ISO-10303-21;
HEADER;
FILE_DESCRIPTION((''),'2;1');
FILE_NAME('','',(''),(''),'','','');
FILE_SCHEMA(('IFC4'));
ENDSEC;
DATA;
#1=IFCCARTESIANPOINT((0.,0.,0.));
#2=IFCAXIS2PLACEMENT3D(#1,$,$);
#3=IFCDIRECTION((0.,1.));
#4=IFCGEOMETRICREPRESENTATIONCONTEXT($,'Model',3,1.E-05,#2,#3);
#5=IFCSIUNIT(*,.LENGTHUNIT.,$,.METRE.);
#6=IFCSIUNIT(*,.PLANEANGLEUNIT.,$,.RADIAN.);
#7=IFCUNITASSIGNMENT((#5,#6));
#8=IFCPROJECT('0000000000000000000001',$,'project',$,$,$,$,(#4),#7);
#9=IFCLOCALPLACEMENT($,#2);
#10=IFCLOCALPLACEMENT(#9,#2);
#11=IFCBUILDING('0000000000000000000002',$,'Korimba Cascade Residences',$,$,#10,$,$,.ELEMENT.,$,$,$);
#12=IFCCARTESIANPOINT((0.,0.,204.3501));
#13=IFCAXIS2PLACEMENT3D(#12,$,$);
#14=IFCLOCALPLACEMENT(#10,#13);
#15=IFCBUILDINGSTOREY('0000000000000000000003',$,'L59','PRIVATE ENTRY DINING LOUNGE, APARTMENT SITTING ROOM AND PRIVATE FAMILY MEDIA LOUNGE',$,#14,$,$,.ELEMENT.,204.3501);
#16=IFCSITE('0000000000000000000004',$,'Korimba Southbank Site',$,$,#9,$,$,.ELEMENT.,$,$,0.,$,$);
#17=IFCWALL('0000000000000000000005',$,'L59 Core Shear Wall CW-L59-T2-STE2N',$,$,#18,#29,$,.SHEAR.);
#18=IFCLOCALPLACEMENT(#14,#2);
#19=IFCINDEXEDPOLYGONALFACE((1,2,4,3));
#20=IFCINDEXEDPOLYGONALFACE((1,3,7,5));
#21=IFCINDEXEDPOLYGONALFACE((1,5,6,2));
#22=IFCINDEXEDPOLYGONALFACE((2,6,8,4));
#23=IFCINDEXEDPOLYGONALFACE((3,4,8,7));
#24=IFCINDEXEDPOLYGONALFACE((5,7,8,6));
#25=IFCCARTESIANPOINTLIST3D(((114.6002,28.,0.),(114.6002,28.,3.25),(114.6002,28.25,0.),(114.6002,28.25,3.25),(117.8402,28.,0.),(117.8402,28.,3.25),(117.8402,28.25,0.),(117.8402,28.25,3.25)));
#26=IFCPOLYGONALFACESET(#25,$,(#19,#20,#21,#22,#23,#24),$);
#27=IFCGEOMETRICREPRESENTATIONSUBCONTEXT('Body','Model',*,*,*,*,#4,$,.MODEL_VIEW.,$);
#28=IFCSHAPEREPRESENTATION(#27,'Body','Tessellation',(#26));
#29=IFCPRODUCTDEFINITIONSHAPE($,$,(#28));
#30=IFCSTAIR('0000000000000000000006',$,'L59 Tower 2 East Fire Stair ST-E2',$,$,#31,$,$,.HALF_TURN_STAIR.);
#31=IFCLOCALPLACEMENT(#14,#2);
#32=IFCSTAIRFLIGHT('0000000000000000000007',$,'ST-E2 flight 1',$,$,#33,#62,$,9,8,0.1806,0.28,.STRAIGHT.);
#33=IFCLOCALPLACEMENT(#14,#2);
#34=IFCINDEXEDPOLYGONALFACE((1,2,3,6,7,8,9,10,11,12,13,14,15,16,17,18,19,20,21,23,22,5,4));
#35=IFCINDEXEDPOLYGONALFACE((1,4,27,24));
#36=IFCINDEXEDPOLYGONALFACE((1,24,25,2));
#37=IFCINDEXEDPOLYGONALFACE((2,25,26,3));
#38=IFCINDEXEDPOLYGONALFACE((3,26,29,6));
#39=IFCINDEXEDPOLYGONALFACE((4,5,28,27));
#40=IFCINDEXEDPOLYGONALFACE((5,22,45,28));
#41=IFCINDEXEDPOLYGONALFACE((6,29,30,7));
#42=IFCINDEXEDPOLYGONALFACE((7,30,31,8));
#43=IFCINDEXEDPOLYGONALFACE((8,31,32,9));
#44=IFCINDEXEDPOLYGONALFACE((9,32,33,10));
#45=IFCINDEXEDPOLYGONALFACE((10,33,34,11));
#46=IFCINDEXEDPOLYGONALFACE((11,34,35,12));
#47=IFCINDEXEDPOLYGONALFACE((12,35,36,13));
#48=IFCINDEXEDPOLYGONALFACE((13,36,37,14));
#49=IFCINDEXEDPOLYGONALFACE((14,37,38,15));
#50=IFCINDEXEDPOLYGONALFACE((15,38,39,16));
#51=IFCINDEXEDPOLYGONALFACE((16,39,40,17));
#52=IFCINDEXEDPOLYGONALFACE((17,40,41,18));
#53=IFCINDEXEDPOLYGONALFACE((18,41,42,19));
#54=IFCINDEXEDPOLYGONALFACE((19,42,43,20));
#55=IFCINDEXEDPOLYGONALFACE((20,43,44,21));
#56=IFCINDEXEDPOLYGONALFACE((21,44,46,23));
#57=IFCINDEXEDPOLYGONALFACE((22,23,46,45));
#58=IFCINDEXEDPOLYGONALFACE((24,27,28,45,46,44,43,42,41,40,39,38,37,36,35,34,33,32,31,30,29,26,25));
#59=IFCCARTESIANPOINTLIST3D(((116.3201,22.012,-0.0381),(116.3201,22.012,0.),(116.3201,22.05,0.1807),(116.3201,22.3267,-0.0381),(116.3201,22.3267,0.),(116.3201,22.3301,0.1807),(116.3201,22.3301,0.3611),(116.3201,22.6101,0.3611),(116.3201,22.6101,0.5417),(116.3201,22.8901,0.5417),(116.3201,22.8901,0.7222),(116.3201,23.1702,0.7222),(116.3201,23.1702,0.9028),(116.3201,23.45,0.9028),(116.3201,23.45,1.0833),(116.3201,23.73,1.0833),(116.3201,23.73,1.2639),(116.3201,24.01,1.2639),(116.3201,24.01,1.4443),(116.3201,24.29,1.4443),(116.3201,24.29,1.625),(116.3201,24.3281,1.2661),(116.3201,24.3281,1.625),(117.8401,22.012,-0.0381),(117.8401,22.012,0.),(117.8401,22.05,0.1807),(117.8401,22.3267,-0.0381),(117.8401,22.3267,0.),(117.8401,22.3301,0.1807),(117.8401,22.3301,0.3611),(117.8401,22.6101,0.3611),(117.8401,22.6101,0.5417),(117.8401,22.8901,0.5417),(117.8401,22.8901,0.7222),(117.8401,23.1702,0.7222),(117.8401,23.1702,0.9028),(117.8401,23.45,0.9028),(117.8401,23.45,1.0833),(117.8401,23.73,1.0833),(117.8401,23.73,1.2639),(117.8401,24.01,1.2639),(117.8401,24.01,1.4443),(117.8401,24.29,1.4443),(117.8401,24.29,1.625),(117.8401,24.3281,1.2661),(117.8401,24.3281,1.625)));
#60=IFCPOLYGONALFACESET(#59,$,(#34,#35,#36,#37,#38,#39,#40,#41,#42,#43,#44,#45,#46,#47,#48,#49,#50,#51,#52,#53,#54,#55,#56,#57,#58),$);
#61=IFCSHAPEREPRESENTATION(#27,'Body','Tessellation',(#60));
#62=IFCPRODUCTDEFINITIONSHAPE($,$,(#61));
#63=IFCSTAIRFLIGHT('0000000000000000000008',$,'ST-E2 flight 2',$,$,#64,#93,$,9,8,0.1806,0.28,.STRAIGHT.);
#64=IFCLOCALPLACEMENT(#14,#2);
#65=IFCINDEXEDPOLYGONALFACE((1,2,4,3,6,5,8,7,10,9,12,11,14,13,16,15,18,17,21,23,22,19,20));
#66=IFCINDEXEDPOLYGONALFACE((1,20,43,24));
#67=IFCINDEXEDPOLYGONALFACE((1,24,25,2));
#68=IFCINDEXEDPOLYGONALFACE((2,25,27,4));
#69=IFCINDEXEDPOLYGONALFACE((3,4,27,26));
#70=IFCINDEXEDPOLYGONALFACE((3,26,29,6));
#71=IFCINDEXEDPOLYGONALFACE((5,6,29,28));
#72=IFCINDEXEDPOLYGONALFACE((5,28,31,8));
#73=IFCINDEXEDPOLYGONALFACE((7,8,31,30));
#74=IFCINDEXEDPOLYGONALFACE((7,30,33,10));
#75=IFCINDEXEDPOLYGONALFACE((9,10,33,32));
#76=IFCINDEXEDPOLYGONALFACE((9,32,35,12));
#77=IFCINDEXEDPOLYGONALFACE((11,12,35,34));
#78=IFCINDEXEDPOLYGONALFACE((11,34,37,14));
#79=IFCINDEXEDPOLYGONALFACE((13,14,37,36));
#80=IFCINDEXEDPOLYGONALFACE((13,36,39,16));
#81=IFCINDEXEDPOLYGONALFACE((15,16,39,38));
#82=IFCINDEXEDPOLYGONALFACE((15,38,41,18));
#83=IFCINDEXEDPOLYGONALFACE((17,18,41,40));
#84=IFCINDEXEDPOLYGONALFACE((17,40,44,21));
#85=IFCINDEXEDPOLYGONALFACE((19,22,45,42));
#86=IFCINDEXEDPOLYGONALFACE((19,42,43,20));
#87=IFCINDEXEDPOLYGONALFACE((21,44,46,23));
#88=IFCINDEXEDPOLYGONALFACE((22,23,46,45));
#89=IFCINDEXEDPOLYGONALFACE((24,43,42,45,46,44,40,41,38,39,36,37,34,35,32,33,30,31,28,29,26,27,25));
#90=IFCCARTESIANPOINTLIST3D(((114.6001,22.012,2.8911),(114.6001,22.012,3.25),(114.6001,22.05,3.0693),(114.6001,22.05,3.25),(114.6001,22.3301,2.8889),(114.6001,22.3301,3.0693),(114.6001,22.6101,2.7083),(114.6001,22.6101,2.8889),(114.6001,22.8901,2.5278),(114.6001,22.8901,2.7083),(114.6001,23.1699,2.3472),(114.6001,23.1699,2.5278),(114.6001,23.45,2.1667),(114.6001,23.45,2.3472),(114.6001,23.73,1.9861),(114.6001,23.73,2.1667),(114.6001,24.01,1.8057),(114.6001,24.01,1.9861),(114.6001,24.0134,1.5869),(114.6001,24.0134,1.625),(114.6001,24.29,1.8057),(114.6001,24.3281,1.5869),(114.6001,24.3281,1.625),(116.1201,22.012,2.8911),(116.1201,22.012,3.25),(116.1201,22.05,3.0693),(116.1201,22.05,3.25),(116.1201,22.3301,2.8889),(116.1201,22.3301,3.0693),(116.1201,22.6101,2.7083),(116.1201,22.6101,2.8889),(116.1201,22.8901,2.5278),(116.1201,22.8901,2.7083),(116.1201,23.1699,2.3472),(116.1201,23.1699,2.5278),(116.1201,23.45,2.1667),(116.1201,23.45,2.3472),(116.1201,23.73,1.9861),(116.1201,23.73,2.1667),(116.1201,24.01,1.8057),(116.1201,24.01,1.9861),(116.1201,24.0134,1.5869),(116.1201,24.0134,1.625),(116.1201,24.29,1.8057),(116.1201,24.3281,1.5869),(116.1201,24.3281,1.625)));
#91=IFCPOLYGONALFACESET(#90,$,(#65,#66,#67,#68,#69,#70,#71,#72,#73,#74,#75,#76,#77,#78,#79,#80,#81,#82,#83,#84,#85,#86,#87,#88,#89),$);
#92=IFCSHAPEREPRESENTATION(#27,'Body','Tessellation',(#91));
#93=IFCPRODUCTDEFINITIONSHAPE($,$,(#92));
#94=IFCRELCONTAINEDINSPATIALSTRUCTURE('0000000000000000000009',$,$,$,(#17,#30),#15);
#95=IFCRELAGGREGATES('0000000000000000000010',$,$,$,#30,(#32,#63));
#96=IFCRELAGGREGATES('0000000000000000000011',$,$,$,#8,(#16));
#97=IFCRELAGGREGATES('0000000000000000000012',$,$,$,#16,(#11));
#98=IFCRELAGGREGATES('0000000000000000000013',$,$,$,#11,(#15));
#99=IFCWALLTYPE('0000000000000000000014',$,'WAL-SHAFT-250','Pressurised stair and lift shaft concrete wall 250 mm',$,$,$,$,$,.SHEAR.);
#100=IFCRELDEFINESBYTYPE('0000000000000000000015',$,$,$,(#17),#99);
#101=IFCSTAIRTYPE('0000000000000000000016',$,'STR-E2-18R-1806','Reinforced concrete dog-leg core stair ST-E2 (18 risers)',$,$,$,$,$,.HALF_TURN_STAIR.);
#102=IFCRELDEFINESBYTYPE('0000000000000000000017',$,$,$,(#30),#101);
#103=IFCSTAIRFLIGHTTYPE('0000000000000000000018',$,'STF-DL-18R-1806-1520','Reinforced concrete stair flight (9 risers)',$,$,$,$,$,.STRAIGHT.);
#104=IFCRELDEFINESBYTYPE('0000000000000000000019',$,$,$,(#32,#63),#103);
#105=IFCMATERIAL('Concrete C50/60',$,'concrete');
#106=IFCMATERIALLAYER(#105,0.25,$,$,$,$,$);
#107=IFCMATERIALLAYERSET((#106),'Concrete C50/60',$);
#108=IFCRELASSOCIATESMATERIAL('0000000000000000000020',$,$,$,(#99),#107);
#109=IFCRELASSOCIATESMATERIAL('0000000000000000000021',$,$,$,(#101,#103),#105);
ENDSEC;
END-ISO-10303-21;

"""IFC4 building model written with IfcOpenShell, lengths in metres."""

from ifc_helpers import new_model, si_unit, direction, frame, frame_2d, origin, place, context, subcontext, project, spatial, polyline, rectangle, outline, extrude, material, layer, layer_set, type_object, element, aggregate, save


model = new_model("IFC4")

# Units and contexts
model_context = context("Model", 3, precision=1e-05, world=origin(), true_north=direction((0.0, 1.0)))
body_context = subcontext(model_context, "Body", "Model", "MODEL_VIEW")
ifc_project = project(units=[si_unit("LENGTHUNIT", "METRE"), si_unit("PLANEANGLEUNIT", "RADIAN")], contexts=[model_context])

# Site, building, storey
site_placement = place(None, origin())
site = spatial("IfcSite", under=ifc_project, at=site_placement, Name="Korimba Southbank Site", CompositionType="ELEMENT", RefElevation=0.0)
building_placement = place(site_placement, origin())
building = spatial("IfcBuilding", under=site, at=building_placement, Name="Korimba Cascade Residences", CompositionType="ELEMENT")
storey_placement = place(building_placement, frame((0.0, 0.0, 204.3501)))
storey = spatial("IfcBuildingStorey", under=building, at=storey_placement, Name="L59", Description="PRIVATE ENTRY DINING LOUNGE, APARTMENT SITTING ROOM AND PRIVATE FAMILY MEDIA LOUNGE", CompositionType="ELEMENT", Elevation=204.3501)

# Shared definitions
ifc_material_1 = material(Name="Concrete C50/60", Category="concrete")
ifc_layer_1 = layer(ifc_material_1, 0.25)
ifc_layer_set_1 = layer_set([ifc_layer_1], Name="Concrete C50/60")
wall_type_1 = type_object("IfcWallType", Name="WAL-SHAFT-250", Description="Pressurised stair and lift shaft concrete wall 250 mm", PredefinedType="SHEAR", material=ifc_layer_set_1)

# Wall
for number, where, z_axis, x_axis, name in (
    (1, (114.6001, 28.125, 0.0), (0.0, 0.0, 1.0), (1.0, 0.0, 0.0), "L59 Core Shear Wall CW-L59-T2-STE2N"),
):
    element("IfcWall", number, at=place(storey_placement, frame(where, z_axis=z_axis, x_axis=x_axis)), inside=storey, type_object=wall_type_1, Name=name, PredefinedType="SHEAR", context=body_context, shape_type="SweptSolid", body=[
        extrude(rectangle(XDim=3.24, YDim=0.25, at=frame_2d((1.6201, 0.0))), origin(), (0.0, 0.0, 1.0), 3.25),
    ])

# Stair, stair flights
stair_type = type_object("IfcStairType", Name="STR-E2-18R-1806", Description="Reinforced concrete dog-leg core stair ST-E2 (18 risers)", PredefinedType="HALF_TURN_STAIR", material=ifc_material_1)
stair_placement = place(storey_placement, origin())
stair = element("IfcStair", 2, at=stair_placement, inside=storey, type_object=stair_type, Name="L59 Tower 2 East Fire Stair ST-E2", PredefinedType="HALF_TURN_STAIR")
stair_flight_type = type_object("IfcStairFlightType", Name="STF-DL-18R-1806-1520", Description="Reinforced concrete stair flight (9 risers)", PredefinedType="STRAIGHT", material=ifc_material_1)
stair_flight_1_placement = place(storey_placement, frame((117.0801, 22.05, 0.0), z_axis=(0.0, 0.0, 1.0), x_axis=(0.0, 1.0, 0.0)))
stair_flight_1 = element("IfcStairFlight", 3, at=stair_flight_1_placement, type_object=stair_flight_type, Name="ST-E2 flight 1", NumberOfRisers=9, NumberOfTreads=8, PredefinedType="STRAIGHT", RiserHeight=0.1806, TreadLength=0.28, context=body_context, shape_type="SweptSolid", body=[
    extrude(outline(polyline([(-0.0381, 0.0), (0.0, 0.1807), (0.28, 0.1807), (0.28, 0.3611), (0.5601, 0.3611), (0.5601, 0.5417), (0.8401, 0.5417), (0.8401, 0.7222), (1.1201, 0.7222), (1.1201, 0.9028), (1.3999, 0.9028), (1.3999, 1.0833), (1.6799, 1.0833), (1.6799, 1.2639), (1.96, 1.2639), (1.96, 1.4443), (2.24, 1.4443), (2.24, 1.625), (2.2781, 1.625), (2.2781, 1.2661), (0.2766, 0.0), (0.2766, -0.0381), (-0.0381, -0.0381), (-0.0381, 0.0)])), frame((0.0, 0.76, 0.0), z_axis=(0.0, -1.0, 0.0), x_axis=(1.0, 0.0, 0.0)), (0.0, 0.0, 1.0), 1.52),
])
stair_flight_2_placement = place(storey_placement, frame((115.3601, 24.29, 1.625), z_axis=(0.0, 0.0, 1.0), x_axis=(0.0, -1.0, 0.0)))
stair_flight_2 = element("IfcStairFlight", 4, at=stair_flight_2_placement, type_object=stair_flight_type, Name="ST-E2 flight 2", NumberOfRisers=9, NumberOfTreads=8, PredefinedType="STRAIGHT", RiserHeight=0.1806, TreadLength=0.28, context=body_context, shape_type="SweptSolid", body=[
    extrude(outline(polyline([(-0.0381, 0.0), (0.0, 0.1807), (0.28, 0.1807), (0.28, 0.3611), (0.5601, 0.3611), (0.5601, 0.5417), (0.8401, 0.5417), (0.8401, 0.7222), (1.1201, 0.7222), (1.1201, 0.9028), (1.3999, 0.9028), (1.3999, 1.0833), (1.6799, 1.0833), (1.6799, 1.2639), (1.96, 1.2639), (1.96, 1.4443), (2.24, 1.4443), (2.24, 1.625), (2.2781, 1.625), (2.2781, 1.2661), (0.2766, 0.0), (0.2766, -0.0381), (-0.0381, -0.0381), (-0.0381, 0.0)])), frame((0.0, 0.76, 0.0), z_axis=(0.0, -1.0, 0.0), x_axis=(1.0, 0.0, 0.0)), (0.0, 0.0, 1.0), 1.52),
])
aggregate(stair, [stair_flight_1, stair_flight_2])

save(model, "model.ifc")
